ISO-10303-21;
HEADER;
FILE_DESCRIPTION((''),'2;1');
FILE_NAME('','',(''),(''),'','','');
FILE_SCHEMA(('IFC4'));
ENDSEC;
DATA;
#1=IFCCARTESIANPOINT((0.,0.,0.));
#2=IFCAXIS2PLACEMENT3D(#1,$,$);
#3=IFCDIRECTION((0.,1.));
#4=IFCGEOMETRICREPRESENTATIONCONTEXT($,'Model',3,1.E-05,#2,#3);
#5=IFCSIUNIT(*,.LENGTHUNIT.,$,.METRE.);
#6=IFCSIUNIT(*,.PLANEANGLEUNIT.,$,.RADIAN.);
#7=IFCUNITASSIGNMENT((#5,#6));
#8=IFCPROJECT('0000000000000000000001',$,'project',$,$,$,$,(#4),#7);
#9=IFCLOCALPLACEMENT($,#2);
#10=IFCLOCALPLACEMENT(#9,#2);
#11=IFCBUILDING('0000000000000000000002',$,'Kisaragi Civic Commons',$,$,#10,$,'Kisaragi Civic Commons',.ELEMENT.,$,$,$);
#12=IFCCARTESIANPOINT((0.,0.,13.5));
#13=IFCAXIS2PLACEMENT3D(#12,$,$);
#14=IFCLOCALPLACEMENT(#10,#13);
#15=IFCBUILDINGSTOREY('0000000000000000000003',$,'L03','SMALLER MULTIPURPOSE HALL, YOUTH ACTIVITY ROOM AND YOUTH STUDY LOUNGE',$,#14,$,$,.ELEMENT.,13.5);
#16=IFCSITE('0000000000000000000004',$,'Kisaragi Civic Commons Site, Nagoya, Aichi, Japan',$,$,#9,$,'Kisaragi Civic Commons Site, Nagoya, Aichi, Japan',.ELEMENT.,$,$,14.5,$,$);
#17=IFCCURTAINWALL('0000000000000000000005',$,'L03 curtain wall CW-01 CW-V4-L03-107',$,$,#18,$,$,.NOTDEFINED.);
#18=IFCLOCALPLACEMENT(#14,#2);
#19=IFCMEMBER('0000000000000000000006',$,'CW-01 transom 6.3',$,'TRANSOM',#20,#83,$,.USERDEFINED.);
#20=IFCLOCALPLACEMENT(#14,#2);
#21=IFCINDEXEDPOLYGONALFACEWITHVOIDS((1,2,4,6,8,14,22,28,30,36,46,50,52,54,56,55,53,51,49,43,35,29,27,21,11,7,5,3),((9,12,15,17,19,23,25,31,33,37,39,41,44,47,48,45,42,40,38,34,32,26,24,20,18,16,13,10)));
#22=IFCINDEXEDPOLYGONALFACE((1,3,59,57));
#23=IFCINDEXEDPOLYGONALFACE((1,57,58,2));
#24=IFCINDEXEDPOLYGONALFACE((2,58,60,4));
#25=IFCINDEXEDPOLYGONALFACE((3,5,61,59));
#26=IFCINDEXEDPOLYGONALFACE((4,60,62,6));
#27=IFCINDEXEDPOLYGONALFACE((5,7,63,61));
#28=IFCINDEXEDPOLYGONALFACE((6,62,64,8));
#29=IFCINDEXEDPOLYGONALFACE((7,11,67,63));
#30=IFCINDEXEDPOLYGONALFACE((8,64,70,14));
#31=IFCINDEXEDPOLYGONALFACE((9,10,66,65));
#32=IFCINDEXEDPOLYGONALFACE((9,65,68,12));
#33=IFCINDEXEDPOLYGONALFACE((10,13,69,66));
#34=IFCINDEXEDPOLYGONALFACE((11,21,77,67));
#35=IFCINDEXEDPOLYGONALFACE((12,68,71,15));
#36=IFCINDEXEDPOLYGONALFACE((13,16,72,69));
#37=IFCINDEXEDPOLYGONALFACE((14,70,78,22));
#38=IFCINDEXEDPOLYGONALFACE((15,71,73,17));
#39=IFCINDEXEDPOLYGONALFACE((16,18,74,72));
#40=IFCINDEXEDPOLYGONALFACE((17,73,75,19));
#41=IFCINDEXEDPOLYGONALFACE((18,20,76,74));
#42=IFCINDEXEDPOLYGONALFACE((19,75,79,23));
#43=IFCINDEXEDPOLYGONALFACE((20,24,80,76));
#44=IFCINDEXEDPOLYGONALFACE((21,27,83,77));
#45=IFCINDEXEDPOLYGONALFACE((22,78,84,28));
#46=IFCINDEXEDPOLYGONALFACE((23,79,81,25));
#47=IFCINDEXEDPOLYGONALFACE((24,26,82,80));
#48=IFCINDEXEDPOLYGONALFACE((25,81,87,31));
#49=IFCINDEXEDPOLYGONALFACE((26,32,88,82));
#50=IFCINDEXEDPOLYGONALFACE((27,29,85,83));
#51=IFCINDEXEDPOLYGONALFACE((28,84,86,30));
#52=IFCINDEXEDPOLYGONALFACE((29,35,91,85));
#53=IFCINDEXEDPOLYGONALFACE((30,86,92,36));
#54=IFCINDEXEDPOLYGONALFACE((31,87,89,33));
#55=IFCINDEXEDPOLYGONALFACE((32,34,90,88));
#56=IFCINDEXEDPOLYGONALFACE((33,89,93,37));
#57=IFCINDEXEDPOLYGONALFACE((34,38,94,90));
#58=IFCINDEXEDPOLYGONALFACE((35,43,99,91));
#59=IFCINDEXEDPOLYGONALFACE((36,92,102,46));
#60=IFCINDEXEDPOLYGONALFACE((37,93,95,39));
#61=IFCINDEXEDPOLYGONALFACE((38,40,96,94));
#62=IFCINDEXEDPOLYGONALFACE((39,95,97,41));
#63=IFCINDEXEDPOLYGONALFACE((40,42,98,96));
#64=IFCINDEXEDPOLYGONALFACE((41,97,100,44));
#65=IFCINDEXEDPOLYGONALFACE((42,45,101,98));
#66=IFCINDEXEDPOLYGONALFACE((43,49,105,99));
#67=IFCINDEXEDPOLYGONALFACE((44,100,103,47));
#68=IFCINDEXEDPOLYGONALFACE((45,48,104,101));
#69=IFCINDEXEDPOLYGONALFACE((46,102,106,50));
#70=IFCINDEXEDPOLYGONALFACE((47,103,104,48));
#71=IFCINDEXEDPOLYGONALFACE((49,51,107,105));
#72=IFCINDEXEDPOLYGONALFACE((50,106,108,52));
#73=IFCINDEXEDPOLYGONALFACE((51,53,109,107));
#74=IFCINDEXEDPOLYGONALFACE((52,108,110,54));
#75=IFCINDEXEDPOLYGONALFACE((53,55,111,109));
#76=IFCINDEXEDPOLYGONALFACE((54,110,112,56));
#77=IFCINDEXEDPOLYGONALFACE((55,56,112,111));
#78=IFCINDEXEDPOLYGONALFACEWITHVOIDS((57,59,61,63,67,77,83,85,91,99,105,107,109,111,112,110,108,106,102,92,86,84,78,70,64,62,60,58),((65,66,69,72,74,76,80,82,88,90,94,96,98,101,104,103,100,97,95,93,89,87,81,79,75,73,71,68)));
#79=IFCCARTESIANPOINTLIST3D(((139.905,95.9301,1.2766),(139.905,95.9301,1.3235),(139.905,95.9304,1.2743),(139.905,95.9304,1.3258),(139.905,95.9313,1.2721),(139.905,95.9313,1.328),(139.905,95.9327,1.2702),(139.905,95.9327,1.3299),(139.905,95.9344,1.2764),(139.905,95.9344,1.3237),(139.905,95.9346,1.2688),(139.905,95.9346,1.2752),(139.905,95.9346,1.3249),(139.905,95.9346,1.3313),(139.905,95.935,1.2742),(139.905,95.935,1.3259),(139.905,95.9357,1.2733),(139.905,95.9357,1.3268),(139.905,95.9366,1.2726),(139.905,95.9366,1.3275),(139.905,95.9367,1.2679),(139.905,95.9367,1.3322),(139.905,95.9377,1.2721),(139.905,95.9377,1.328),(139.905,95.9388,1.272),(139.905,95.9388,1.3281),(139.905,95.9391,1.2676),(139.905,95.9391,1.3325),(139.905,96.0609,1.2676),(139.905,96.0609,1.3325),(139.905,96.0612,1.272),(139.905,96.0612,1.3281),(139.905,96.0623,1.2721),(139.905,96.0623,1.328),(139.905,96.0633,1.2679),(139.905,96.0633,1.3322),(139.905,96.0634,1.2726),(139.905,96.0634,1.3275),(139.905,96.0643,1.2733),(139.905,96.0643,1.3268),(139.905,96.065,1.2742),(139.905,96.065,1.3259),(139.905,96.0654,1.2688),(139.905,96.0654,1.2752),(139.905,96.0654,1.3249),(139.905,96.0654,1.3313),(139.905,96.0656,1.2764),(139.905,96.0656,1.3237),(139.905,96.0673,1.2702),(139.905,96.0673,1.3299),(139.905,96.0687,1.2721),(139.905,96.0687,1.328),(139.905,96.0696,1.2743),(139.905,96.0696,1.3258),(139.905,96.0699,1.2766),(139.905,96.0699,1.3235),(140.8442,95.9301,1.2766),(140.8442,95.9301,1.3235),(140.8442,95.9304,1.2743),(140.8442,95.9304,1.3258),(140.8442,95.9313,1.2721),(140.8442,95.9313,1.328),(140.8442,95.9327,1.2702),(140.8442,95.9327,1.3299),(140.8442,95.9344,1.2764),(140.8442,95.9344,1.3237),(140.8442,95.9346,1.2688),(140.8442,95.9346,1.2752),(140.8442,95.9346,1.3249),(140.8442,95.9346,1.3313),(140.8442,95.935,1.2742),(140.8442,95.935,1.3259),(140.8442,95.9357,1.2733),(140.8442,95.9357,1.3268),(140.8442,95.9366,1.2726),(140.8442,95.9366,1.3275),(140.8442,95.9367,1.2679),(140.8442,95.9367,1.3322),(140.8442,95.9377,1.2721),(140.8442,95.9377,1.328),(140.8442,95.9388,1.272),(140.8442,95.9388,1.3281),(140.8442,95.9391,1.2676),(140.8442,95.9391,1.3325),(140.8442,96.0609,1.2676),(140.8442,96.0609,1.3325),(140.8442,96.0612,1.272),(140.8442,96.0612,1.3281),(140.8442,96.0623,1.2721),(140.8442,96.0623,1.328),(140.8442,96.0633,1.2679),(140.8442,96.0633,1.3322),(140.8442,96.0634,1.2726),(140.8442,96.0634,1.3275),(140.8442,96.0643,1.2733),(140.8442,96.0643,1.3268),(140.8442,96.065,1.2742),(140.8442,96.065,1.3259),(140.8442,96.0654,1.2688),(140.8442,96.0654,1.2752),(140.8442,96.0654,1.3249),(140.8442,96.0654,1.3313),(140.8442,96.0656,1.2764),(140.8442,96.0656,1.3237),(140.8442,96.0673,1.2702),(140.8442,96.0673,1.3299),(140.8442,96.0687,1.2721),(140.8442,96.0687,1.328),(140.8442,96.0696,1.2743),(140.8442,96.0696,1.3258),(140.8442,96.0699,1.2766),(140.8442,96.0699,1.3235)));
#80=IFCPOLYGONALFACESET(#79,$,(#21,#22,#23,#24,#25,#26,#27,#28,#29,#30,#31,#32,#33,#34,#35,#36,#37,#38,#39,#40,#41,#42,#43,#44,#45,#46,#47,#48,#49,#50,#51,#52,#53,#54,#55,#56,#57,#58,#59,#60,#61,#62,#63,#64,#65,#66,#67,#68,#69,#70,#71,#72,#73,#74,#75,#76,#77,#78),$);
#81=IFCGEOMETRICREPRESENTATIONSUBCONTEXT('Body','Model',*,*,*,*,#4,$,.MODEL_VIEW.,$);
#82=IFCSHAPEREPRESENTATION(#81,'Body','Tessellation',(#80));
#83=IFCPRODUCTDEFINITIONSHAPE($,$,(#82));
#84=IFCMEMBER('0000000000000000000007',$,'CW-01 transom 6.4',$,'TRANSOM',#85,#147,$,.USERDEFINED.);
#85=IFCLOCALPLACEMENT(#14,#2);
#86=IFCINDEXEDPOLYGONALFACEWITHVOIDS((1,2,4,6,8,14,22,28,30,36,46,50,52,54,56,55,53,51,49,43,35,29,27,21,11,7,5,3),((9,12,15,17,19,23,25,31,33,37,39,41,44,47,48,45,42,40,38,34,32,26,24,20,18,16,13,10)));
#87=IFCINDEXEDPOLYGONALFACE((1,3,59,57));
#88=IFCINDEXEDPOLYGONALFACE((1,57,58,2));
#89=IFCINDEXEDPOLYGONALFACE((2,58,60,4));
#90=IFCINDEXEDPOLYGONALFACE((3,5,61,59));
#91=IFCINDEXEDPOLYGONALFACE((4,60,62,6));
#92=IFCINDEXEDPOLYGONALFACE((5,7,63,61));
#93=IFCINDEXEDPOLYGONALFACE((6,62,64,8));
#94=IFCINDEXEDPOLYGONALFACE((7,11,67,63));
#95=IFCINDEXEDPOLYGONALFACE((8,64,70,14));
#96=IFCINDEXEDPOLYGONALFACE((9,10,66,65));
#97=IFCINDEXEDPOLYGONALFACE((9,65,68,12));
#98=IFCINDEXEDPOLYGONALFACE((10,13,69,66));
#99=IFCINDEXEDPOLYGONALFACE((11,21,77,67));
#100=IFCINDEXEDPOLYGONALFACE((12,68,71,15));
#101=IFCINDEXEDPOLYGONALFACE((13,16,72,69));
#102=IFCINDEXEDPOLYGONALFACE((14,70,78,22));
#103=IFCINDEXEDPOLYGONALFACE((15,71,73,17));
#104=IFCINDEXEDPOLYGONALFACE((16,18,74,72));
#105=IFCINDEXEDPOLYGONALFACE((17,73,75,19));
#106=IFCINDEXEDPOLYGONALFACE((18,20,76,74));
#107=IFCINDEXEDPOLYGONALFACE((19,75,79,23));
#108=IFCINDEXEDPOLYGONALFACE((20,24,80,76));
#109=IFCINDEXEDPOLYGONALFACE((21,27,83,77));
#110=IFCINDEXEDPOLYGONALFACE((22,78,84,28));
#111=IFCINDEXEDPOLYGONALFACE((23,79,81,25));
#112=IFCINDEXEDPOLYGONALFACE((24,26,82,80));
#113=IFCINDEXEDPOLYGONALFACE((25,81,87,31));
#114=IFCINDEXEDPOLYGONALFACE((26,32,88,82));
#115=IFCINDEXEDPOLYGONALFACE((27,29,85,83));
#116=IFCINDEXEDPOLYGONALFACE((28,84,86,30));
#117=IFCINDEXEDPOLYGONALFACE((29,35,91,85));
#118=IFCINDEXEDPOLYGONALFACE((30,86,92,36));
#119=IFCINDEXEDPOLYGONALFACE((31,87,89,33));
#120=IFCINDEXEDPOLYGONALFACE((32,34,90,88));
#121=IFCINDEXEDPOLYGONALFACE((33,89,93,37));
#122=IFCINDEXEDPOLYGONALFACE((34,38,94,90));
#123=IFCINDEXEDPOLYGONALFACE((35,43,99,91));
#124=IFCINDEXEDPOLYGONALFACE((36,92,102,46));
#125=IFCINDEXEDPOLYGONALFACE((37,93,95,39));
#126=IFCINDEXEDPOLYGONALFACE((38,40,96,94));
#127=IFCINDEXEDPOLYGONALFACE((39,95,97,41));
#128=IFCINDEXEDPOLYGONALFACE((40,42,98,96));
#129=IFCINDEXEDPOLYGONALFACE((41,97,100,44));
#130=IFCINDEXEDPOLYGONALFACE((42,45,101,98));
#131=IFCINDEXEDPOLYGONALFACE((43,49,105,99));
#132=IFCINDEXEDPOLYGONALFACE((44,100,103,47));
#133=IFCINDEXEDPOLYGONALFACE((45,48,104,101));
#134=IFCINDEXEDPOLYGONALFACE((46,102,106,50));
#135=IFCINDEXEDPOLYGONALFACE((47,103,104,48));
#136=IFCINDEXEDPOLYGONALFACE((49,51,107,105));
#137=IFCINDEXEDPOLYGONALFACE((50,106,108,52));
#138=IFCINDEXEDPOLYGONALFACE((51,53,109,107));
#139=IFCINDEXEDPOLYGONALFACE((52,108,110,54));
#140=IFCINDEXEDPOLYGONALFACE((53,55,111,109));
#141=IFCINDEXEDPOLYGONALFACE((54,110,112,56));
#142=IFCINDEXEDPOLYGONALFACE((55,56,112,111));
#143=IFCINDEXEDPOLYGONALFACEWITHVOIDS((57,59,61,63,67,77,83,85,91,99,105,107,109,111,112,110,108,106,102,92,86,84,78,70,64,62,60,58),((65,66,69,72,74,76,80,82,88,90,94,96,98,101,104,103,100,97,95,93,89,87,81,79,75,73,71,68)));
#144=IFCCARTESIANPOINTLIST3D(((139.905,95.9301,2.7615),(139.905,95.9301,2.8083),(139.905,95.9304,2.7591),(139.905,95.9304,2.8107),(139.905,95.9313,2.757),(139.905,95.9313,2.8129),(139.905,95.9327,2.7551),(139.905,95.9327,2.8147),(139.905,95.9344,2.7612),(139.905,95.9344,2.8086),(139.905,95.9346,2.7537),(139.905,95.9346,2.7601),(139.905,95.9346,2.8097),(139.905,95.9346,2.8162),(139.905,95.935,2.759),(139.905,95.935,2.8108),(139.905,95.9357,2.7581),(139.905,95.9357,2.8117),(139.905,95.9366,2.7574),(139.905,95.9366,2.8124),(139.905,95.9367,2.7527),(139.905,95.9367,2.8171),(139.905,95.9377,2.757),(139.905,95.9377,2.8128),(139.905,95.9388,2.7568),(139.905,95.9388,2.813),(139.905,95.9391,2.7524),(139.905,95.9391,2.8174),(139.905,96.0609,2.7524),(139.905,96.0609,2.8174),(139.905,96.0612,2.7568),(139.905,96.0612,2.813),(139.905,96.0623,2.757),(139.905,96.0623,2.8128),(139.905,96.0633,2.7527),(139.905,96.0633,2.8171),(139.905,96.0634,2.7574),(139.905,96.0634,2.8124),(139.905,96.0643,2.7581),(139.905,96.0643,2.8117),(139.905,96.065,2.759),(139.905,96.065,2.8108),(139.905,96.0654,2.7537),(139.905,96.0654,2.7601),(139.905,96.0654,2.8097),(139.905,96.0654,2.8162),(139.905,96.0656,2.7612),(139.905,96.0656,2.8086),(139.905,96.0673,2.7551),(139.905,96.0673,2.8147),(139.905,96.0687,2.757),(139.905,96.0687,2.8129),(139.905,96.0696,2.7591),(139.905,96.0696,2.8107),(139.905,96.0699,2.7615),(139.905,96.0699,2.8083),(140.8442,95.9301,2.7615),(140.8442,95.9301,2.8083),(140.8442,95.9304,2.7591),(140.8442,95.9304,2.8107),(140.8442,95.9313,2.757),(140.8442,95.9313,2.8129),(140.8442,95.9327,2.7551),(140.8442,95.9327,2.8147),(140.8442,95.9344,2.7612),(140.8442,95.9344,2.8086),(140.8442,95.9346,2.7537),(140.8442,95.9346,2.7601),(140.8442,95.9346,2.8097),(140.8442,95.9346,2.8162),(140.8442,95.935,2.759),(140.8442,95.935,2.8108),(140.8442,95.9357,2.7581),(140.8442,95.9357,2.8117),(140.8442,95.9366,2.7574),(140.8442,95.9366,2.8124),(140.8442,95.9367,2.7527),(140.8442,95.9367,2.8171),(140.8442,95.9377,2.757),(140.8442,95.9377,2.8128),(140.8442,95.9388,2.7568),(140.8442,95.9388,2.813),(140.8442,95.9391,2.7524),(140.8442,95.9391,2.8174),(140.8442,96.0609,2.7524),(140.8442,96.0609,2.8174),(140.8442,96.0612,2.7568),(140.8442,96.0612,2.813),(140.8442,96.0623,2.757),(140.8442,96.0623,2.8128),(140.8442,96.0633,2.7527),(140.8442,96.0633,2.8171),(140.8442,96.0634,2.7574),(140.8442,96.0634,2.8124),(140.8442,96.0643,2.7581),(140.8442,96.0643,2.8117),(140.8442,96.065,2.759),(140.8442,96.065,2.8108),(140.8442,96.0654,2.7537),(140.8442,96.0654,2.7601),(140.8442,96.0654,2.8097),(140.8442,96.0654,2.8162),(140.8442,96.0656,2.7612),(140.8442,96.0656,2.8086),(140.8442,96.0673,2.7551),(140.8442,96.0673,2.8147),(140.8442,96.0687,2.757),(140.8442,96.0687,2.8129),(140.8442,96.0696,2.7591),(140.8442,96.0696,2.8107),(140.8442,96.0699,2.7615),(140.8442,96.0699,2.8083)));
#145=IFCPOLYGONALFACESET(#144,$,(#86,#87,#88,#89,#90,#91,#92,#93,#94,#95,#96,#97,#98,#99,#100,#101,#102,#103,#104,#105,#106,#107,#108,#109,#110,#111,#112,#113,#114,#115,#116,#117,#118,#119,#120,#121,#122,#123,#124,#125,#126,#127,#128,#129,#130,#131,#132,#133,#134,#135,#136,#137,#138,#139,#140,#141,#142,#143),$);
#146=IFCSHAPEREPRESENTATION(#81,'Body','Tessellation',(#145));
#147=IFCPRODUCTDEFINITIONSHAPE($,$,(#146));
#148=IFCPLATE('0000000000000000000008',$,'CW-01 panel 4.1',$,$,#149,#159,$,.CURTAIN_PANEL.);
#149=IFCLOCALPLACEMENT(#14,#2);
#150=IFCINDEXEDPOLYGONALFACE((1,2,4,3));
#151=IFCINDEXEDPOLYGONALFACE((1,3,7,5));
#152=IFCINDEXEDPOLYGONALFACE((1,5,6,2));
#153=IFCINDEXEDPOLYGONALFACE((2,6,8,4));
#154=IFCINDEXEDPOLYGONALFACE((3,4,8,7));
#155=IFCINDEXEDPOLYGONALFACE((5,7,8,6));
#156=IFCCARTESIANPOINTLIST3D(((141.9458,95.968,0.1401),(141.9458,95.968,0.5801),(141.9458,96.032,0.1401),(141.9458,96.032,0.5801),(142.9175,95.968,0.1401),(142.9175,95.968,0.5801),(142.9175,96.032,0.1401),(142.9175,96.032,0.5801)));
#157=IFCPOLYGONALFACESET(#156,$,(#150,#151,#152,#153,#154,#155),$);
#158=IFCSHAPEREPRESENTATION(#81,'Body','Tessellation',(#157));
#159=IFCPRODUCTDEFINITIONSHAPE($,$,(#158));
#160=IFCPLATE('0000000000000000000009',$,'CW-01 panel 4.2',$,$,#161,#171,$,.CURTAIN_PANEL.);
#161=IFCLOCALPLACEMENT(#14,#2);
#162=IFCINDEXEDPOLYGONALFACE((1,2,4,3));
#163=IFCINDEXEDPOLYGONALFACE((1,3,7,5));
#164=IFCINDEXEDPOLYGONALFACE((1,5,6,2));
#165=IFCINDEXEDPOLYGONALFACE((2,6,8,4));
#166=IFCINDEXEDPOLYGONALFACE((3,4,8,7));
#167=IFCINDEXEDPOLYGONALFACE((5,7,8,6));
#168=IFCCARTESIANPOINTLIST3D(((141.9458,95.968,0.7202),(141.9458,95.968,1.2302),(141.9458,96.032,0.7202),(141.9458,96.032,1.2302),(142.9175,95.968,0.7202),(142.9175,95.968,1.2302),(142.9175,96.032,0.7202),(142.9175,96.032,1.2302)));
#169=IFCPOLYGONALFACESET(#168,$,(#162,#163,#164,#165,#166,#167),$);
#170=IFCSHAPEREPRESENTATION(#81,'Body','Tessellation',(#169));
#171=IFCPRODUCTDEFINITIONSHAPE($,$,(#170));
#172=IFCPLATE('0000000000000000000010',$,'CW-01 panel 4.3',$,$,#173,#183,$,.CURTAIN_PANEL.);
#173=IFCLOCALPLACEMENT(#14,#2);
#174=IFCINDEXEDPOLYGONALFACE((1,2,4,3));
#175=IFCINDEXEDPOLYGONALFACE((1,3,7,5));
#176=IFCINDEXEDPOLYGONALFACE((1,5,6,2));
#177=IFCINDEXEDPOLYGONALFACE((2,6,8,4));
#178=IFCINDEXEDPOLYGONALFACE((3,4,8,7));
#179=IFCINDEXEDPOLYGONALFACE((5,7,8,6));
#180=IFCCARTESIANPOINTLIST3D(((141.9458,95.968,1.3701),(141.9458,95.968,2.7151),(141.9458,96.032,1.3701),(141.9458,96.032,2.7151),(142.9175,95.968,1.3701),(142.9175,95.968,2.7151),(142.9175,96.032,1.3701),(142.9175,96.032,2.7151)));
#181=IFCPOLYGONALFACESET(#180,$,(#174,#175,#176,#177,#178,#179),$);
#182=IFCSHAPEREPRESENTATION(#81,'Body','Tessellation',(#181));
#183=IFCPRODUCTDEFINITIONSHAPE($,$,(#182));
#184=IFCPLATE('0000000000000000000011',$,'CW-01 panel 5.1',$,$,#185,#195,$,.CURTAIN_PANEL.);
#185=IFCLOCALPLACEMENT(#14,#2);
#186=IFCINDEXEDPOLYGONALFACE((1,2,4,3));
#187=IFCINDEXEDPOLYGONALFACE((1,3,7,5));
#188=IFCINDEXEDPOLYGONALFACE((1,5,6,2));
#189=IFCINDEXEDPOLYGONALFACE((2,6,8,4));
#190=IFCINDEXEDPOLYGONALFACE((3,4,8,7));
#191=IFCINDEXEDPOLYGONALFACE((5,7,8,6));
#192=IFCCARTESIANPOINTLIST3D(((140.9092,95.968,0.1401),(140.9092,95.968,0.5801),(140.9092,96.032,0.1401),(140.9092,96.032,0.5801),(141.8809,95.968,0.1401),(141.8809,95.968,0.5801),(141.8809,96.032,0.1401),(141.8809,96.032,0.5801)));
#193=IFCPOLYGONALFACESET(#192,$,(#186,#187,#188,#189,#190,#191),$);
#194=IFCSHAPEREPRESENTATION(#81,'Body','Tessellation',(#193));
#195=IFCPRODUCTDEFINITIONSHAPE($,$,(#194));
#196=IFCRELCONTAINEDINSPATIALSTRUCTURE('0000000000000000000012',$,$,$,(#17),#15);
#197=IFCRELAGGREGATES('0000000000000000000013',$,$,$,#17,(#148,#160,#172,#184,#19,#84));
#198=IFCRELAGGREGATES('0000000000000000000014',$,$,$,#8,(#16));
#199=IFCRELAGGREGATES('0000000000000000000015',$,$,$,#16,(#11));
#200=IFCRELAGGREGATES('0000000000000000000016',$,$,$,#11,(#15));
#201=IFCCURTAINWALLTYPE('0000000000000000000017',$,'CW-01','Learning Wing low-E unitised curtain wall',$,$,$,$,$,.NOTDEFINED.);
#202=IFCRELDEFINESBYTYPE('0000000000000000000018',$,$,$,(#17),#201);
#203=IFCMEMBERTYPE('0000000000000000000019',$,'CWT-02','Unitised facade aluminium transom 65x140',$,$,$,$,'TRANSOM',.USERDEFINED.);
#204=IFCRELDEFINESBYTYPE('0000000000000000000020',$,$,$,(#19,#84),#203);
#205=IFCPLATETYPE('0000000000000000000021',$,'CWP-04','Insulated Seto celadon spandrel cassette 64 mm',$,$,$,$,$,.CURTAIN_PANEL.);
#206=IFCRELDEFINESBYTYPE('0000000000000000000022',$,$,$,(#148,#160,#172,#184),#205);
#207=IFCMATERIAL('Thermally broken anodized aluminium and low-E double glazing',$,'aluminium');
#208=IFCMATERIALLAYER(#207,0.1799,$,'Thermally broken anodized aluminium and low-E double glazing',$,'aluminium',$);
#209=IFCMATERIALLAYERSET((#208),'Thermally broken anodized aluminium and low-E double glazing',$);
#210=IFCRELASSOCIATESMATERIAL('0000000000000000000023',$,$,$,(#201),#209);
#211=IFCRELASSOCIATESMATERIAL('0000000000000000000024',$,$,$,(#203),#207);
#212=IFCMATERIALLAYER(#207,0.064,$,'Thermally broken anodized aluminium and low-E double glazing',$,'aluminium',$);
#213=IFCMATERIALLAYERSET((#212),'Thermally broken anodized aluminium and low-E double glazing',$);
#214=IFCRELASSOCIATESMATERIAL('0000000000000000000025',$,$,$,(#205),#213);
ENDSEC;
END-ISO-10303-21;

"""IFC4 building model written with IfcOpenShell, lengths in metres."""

from ifc_helpers import new_model, si_unit, direction, frame, origin, origin_2d, place, context, subcontext, project, spatial, rectangle, hollow_rectangle, extrude, material, layer, layer_set, material_profile, profile_set, type_object, element, aggregate, save


model = new_model("IFC4")

# Units and contexts
model_context = context("Model", 3, precision=1e-05, world=origin(), true_north=direction((0.0, 1.0)))
body_context = subcontext(model_context, "Body", "Model", "MODEL_VIEW")
ifc_project = project(units=[si_unit("LENGTHUNIT", "METRE"), si_unit("PLANEANGLEUNIT", "RADIAN")], contexts=[model_context])

# Site, building, storey
site_placement = place(None, origin())
site = spatial("IfcSite", under=ifc_project, at=site_placement, Name="Kisaragi Civic Commons Site, Nagoya, Aichi, Japan", LongName="Kisaragi Civic Commons Site, Nagoya, Aichi, Japan", CompositionType="ELEMENT", RefElevation=14.5)
building_placement = place(site_placement, origin())
building = spatial("IfcBuilding", under=site, at=building_placement, Name="Kisaragi Civic Commons", LongName="Kisaragi Civic Commons", CompositionType="ELEMENT")
storey_placement = place(building_placement, frame((0.0, 0.0, 13.5)))
storey = spatial("IfcBuildingStorey", under=building, at=storey_placement, Name="L03", Description="SMALLER MULTIPURPOSE HALL, YOUTH ACTIVITY ROOM AND YOUTH STUDY LOUNGE", CompositionType="ELEMENT", Elevation=13.5)

# Curtain wall, members, plates
ifc_material = material(Name="Thermally broken anodized aluminium and low-E double glazing", Category="aluminium")
ifc_layer_1 = layer(ifc_material, 0.1799, Name="Thermally broken anodized aluminium and low-E double glazing", Category="aluminium")
ifc_layer_set_1 = layer_set([ifc_layer_1], Name="Thermally broken anodized aluminium and low-E double glazing")
curtain_wall_type = type_object("IfcCurtainWallType", Name="CW-01", Description="Learning Wing low-E unitised curtain wall", PredefinedType="NOTDEFINED", material=ifc_layer_set_1)
curtain_wall_placement = place(storey_placement, origin())
curtain_wall = element("IfcCurtainWall", 1, at=curtain_wall_placement, inside=storey, type_object=curtain_wall_type, Name="L03 curtain wall CW-01 CW-V4-L03-107", PredefinedType="NOTDEFINED")
ifc_material_profile_1 = material_profile(ifc_material, hollow_rectangle(XDim=0.1399, YDim=0.0649, WallThickness=0.0044, InnerFilletRadius=0.0044, OuterFilletRadius=0.009, at=origin_2d()), Name="CWT-65x140x4.5", Category="aluminium")
ifc_profile_set_1 = profile_set([ifc_material_profile_1], Name="Thermally broken anodized aluminium and low-E double glazing")
member_type_1 = type_object("IfcMemberType", Name="CWT-02", Description="Unitised facade aluminium transom 65x140", ElementType="TRANSOM", PredefinedType="USERDEFINED", material=ifc_profile_set_1)
member_1_placement = place(storey_placement, frame((140.8442, 96.0, 1.3), z_axis=(-1.0, 0.0, 0.0), x_axis=(0.0, -1.0, 0.0)))
member_1 = element("IfcMember", 2, at=member_1_placement, type_object=member_type_1, Name="CW-01 transom 6.3", ObjectType="TRANSOM", PredefinedType="USERDEFINED", context=body_context, shape_type="SweptSolid", body=[
    extrude(hollow_rectangle(XDim=0.1399, YDim=0.0649, WallThickness=0.0044, InnerFilletRadius=0.0044, OuterFilletRadius=0.009, at=origin_2d()), origin(), (0.0, 0.0, 1.0), 0.9392),
])
member_2_placement = place(storey_placement, frame((140.8442, 96.0, 2.7849), z_axis=(-1.0, 0.0, 0.0), x_axis=(0.0, -1.0, 0.0)))
member_2 = element("IfcMember", 3, at=member_2_placement, type_object=member_type_1, Name="CW-01 transom 6.4", ObjectType="TRANSOM", PredefinedType="USERDEFINED", context=body_context, shape_type="SweptSolid", body=[
    extrude(hollow_rectangle(XDim=0.1399, YDim=0.0649, WallThickness=0.0044, InnerFilletRadius=0.0044, OuterFilletRadius=0.009, at=origin_2d()), origin(), (0.0, 0.0, 1.0), 0.9392),
])
ifc_layer_2 = layer(ifc_material, 0.064, Name="Thermally broken anodized aluminium and low-E double glazing", Category="aluminium")
ifc_layer_set_2 = layer_set([ifc_layer_2], Name="Thermally broken anodized aluminium and low-E double glazing")
plate_type = type_object("IfcPlateType", Name="CWP-04", Description="Insulated Seto celadon spandrel cassette 64 mm", PredefinedType="CURTAIN_PANEL", material=ifc_layer_set_2)
plate_1_placement = place(storey_placement, frame((142.4316, 96.0, 0.1401), z_axis=(0.0, 0.0, 1.0), x_axis=(-1.0, 0.0, 0.0)))
plate_1 = element("IfcPlate", 4, at=plate_1_placement, type_object=plate_type, Name="CW-01 panel 4.1", PredefinedType="CURTAIN_PANEL", context=body_context, shape_type="SweptSolid", body=[
    extrude(rectangle(XDim=0.9717, YDim=0.064, at=origin_2d()), origin(), (0.0, 0.0, 1.0), 0.4399),
])
plate_2_placement = place(storey_placement, frame((142.4316, 96.0, 0.7202), z_axis=(0.0, 0.0, 1.0), x_axis=(-1.0, 0.0, 0.0)))
plate_2 = element("IfcPlate", 5, at=plate_2_placement, type_object=plate_type, Name="CW-01 panel 4.2", PredefinedType="CURTAIN_PANEL", context=body_context, shape_type="SweptSolid", body=[
    extrude(rectangle(XDim=0.9717, YDim=0.064, at=origin_2d()), origin(), (0.0, 0.0, 1.0), 0.51),
])
plate_3_placement = place(storey_placement, frame((142.4316, 96.0, 1.3701), z_axis=(0.0, 0.0, 1.0), x_axis=(-1.0, 0.0, 0.0)))
plate_3 = element("IfcPlate", 6, at=plate_3_placement, type_object=plate_type, Name="CW-01 panel 4.3", PredefinedType="CURTAIN_PANEL", context=body_context, shape_type="SweptSolid", body=[
    extrude(rectangle(XDim=0.9717, YDim=0.064, at=origin_2d()), origin(), (0.0, 0.0, 1.0), 1.345),
])
plate_4_placement = place(storey_placement, frame((141.395, 96.0, 0.1401), z_axis=(0.0, 0.0, 1.0), x_axis=(-1.0, 0.0, 0.0)))
plate_4 = element("IfcPlate", 7, at=plate_4_placement, type_object=plate_type, Name="CW-01 panel 5.1", PredefinedType="CURTAIN_PANEL", context=body_context, shape_type="SweptSolid", body=[
    extrude(rectangle(XDim=0.9717, YDim=0.064, at=origin_2d()), origin(), (0.0, 0.0, 1.0), 0.4399),
])
aggregate(curtain_wall, [plate_1, plate_2, plate_3, plate_4, member_1, member_2])

save(model, "model.ifc")
